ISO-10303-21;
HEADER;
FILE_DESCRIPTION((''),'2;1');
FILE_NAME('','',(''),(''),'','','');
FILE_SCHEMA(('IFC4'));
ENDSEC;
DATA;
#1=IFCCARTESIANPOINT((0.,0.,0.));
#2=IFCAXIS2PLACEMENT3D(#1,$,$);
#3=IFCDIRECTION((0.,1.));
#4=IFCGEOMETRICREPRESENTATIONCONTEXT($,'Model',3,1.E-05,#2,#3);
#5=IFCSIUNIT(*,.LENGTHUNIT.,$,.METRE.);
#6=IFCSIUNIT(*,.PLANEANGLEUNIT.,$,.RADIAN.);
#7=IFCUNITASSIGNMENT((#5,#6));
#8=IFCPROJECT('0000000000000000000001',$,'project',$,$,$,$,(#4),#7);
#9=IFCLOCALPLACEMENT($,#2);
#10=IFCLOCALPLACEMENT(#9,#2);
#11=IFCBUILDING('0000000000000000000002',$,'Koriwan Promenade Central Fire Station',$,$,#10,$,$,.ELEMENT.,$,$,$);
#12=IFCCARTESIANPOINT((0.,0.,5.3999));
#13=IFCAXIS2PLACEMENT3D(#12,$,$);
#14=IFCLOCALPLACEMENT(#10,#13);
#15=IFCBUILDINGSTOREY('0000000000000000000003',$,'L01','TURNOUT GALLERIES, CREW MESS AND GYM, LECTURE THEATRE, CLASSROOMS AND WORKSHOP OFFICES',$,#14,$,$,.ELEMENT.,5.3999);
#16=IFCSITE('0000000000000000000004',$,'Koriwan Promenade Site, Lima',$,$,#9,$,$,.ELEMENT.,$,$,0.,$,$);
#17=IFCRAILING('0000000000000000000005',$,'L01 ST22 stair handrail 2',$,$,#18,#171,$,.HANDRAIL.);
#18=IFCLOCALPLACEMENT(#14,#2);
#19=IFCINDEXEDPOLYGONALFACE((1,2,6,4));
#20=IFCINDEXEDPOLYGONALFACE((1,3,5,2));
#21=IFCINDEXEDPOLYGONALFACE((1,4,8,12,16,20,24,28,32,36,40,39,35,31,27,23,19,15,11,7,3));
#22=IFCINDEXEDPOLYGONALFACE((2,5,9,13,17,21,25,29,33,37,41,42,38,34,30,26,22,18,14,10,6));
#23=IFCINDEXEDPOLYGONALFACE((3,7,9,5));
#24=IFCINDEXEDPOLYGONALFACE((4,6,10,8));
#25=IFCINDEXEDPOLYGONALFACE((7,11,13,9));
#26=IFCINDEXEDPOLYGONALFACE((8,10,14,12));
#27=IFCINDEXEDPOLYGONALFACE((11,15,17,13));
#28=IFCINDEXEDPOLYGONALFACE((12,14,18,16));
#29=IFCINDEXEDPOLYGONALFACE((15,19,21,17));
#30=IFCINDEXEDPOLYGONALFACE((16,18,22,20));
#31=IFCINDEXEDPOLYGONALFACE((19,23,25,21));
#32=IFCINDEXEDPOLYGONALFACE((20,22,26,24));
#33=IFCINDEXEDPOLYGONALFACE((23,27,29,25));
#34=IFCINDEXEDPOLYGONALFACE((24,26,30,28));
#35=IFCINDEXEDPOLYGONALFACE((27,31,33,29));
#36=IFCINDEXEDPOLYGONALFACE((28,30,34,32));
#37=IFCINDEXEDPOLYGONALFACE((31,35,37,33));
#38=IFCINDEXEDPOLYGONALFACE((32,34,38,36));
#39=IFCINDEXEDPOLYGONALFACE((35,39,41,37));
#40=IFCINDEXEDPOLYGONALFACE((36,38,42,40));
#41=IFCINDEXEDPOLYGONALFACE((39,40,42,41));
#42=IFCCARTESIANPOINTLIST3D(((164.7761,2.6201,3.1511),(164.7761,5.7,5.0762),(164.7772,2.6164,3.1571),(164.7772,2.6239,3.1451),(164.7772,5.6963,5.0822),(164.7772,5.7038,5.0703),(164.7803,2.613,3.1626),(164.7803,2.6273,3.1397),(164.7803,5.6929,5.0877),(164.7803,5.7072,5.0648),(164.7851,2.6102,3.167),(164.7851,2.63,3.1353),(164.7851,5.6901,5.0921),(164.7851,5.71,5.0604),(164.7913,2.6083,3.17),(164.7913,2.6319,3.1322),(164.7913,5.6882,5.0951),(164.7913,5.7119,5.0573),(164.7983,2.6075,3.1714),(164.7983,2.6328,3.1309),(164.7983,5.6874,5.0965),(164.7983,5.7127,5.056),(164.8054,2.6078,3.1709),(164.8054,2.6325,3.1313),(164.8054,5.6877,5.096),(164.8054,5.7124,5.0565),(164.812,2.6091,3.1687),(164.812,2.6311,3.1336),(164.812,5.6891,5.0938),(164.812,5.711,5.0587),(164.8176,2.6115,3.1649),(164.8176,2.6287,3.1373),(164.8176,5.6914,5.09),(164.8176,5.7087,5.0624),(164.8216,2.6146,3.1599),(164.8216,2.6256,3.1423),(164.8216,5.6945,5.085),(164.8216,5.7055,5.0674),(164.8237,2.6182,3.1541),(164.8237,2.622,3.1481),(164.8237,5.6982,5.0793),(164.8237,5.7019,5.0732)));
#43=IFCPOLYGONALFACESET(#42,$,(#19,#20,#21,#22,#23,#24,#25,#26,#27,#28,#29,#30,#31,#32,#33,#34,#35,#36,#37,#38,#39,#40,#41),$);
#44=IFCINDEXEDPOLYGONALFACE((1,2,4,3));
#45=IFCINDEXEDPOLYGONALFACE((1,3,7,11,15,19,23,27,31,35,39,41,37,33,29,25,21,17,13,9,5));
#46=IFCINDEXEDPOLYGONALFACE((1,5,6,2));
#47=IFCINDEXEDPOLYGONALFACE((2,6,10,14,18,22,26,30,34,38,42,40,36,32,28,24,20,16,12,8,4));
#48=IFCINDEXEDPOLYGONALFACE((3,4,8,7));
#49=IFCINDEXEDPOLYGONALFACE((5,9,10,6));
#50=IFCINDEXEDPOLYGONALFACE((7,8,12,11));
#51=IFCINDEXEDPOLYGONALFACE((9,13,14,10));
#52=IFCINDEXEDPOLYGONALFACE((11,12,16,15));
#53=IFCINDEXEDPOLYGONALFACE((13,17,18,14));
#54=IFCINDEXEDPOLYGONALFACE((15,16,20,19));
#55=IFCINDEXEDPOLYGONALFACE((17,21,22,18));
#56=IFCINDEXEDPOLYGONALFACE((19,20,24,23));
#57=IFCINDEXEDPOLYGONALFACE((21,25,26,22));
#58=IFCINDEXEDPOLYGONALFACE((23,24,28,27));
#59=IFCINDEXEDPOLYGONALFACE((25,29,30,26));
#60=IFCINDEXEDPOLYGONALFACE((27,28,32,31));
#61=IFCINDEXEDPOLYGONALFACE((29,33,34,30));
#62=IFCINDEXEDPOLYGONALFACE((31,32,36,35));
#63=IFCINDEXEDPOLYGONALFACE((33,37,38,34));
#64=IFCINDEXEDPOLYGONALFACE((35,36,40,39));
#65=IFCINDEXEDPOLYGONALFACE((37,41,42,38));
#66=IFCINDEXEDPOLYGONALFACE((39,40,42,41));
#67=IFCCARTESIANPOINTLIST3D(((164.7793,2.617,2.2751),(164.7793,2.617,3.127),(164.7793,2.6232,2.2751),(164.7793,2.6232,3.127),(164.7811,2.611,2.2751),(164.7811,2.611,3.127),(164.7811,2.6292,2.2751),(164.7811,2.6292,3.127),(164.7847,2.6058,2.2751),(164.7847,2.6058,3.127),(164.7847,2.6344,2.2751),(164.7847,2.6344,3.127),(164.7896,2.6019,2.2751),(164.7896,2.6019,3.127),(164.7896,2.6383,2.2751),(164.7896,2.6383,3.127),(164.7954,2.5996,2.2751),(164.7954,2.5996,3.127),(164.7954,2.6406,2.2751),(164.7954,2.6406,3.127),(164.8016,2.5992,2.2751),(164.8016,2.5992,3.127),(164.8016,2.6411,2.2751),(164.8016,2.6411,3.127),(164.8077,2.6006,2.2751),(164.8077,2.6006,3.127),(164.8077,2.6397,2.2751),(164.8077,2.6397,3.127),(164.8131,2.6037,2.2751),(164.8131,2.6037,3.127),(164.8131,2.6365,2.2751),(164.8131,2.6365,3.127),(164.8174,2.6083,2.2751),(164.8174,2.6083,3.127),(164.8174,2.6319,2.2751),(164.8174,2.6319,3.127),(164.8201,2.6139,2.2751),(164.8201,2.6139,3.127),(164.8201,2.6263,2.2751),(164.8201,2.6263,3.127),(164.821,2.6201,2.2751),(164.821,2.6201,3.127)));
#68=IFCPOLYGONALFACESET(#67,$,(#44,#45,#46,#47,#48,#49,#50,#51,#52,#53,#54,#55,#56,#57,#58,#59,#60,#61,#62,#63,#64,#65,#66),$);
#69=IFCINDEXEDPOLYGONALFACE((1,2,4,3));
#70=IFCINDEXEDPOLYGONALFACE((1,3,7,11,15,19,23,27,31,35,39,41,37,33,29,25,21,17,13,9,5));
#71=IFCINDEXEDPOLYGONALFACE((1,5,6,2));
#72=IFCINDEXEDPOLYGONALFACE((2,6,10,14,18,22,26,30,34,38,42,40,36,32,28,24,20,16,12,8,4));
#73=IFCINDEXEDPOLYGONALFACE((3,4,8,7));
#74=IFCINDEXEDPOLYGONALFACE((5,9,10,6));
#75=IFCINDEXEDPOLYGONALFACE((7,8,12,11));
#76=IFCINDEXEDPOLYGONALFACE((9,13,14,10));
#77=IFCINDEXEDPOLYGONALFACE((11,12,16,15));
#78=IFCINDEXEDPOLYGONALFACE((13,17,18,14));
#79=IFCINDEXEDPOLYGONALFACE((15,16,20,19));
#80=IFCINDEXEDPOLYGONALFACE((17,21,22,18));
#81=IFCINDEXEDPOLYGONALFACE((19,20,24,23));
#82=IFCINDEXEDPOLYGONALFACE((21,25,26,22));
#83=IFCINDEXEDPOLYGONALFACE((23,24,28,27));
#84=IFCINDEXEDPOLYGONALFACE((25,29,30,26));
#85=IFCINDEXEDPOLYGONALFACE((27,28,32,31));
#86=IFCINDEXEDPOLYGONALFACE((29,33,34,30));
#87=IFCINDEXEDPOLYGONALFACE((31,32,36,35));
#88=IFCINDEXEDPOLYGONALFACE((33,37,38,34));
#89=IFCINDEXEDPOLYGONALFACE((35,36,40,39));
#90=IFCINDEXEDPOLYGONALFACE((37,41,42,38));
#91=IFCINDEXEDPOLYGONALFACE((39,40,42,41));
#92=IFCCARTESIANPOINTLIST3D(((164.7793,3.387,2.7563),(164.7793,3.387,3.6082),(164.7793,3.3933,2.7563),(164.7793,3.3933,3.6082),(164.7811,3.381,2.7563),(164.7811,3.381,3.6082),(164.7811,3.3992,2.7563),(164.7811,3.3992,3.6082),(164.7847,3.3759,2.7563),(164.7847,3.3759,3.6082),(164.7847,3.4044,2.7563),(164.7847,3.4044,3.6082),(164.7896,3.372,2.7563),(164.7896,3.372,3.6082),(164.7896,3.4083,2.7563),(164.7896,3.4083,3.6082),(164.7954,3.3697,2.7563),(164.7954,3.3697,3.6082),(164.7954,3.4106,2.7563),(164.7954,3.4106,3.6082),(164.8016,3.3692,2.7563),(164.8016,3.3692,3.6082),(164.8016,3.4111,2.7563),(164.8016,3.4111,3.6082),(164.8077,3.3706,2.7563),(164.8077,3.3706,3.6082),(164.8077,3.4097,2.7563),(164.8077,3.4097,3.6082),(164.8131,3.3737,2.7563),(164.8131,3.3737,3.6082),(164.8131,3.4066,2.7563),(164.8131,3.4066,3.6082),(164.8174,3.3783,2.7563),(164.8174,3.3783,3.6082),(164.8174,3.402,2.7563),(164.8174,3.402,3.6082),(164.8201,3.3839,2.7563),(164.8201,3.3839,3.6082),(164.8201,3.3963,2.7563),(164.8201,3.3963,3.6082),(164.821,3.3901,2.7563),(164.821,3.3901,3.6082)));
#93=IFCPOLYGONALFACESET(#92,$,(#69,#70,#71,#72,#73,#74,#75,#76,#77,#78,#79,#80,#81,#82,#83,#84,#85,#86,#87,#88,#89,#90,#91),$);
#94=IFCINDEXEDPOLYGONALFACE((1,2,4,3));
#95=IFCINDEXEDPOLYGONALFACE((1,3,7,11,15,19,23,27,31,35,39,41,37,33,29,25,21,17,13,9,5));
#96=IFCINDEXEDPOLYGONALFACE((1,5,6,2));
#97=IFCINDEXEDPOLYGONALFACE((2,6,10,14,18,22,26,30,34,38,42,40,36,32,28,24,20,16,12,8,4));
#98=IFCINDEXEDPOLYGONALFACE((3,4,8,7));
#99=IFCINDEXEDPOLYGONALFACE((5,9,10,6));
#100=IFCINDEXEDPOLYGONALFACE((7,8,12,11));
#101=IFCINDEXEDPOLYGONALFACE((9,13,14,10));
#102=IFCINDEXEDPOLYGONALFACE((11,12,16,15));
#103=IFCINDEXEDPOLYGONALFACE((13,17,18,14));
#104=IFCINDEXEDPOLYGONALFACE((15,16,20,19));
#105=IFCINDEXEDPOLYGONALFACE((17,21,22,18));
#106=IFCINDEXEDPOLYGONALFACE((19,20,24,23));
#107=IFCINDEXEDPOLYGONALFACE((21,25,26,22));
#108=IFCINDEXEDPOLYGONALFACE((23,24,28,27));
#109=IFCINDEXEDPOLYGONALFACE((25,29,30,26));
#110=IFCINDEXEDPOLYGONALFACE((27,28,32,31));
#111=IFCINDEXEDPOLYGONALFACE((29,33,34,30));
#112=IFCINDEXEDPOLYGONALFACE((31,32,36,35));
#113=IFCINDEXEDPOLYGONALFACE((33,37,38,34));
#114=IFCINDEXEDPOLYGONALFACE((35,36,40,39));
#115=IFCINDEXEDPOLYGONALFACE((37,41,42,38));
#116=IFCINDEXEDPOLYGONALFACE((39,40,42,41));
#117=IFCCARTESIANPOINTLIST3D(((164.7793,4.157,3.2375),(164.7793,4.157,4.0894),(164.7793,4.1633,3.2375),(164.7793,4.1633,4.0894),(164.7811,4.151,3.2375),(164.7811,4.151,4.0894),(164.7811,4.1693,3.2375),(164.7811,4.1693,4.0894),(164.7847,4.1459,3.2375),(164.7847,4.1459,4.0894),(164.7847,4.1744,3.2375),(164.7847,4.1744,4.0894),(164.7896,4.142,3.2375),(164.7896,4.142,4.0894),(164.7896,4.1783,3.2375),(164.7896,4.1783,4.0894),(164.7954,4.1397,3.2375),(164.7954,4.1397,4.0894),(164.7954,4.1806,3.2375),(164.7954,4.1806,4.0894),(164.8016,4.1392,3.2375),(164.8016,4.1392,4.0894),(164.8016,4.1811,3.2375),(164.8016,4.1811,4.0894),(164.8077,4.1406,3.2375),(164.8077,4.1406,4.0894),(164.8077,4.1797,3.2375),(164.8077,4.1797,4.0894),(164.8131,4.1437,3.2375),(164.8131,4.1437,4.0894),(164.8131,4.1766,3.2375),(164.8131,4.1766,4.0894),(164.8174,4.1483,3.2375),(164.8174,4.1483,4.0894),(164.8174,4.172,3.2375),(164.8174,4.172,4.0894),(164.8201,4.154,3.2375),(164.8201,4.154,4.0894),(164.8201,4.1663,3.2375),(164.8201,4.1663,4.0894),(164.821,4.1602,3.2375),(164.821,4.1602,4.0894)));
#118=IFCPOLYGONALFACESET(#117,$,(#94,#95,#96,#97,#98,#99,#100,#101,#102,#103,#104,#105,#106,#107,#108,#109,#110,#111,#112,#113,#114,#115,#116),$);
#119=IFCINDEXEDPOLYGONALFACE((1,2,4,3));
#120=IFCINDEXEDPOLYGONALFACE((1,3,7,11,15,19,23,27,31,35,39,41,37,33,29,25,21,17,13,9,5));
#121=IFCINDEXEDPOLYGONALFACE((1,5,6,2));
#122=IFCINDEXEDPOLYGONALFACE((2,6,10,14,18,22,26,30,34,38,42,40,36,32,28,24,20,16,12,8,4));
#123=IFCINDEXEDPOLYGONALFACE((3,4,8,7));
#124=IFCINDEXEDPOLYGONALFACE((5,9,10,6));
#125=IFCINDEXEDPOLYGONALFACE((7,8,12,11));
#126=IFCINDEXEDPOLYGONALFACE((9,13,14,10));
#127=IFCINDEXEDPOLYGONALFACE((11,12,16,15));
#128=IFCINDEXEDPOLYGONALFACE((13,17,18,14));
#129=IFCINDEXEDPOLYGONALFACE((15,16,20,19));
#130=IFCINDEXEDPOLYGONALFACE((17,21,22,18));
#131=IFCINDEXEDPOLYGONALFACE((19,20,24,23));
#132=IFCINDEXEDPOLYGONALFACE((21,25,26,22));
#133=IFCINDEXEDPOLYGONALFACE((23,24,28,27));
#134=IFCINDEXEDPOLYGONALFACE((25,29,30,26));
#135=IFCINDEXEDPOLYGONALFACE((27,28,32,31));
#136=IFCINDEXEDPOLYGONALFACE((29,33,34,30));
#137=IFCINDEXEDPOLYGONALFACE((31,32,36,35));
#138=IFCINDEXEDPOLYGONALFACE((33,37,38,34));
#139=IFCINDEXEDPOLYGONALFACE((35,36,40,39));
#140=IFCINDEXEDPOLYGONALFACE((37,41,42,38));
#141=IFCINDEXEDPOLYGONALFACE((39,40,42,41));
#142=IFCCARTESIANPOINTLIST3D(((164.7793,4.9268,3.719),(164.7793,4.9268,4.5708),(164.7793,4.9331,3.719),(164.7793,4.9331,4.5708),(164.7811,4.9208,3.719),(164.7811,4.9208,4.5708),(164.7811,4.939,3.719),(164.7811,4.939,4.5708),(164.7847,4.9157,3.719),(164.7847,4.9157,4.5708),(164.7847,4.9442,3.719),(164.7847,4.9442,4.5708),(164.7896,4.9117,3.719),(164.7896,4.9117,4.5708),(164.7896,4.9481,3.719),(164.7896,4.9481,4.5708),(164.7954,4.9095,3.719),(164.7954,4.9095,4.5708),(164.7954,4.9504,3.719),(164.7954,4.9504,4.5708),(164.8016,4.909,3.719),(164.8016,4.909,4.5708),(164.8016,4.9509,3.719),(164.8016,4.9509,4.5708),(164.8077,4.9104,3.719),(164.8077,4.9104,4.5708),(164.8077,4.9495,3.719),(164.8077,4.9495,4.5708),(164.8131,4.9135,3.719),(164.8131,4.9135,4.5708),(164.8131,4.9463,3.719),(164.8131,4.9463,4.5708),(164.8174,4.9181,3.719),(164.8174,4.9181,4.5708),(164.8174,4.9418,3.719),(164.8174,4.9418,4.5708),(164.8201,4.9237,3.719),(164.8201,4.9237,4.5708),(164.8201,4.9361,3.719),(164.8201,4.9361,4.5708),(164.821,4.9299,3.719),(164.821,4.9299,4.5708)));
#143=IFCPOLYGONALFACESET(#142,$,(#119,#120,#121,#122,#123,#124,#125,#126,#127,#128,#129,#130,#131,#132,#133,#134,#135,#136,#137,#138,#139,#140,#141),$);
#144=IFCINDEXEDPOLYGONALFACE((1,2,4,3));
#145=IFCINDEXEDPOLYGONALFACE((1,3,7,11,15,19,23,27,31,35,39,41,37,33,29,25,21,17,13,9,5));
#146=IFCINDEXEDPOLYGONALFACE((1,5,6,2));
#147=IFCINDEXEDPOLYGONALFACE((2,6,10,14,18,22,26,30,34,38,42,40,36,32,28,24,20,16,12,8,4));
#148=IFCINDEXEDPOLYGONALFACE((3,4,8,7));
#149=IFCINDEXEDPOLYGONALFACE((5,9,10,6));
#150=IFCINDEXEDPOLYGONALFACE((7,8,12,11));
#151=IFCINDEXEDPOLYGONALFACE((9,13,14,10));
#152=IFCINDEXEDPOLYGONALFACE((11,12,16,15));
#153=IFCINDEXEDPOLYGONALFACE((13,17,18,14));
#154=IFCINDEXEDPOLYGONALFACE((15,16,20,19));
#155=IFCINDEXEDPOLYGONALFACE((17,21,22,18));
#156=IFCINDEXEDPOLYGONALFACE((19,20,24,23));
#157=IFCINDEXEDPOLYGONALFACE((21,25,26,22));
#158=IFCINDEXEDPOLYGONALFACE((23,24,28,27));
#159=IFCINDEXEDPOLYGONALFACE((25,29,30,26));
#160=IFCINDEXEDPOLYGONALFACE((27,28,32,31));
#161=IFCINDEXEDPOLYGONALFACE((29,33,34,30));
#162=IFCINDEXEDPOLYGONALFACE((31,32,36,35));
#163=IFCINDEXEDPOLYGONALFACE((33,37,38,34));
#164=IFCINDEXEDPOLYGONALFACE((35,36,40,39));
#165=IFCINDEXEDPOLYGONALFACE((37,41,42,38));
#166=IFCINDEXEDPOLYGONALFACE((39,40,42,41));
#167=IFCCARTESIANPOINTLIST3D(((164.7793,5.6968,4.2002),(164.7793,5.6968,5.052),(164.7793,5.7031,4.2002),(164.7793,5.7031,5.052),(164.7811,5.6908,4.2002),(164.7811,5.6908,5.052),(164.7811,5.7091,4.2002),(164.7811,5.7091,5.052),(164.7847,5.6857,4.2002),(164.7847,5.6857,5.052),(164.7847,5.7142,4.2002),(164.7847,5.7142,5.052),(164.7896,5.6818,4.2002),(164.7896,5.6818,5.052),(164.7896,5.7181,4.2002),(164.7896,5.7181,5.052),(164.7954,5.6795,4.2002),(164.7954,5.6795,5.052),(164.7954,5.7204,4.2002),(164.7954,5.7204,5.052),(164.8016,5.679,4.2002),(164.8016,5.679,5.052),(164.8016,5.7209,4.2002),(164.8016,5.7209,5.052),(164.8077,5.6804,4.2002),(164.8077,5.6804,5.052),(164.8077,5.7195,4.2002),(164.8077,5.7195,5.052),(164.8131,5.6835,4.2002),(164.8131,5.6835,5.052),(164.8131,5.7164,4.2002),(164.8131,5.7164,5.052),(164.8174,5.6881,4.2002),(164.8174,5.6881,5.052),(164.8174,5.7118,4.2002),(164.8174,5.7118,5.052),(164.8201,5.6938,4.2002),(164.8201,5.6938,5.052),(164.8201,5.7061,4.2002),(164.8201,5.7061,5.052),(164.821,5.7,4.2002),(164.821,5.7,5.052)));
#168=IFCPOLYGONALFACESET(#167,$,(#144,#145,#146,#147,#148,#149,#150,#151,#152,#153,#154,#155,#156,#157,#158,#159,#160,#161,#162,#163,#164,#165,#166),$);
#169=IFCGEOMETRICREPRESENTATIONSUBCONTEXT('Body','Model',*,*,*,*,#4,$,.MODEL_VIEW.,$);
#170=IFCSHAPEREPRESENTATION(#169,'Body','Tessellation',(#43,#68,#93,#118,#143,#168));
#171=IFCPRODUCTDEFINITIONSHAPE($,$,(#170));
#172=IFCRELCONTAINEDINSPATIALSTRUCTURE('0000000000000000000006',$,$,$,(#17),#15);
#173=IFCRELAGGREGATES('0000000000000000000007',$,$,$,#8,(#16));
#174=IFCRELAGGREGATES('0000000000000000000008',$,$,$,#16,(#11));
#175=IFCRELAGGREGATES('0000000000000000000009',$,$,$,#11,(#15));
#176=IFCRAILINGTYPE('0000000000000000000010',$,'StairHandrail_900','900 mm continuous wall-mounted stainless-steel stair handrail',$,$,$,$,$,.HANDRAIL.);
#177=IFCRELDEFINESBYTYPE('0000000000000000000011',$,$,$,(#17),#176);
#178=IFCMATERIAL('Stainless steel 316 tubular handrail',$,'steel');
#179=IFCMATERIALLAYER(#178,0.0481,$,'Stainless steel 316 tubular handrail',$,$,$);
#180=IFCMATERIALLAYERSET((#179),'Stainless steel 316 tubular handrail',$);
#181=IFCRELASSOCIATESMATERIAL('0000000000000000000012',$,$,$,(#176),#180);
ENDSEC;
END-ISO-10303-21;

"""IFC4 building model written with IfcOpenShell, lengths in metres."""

from ifc_helpers import new_model, si_unit, direction, frame, origin, origin_2d, place, context, subcontext, project, spatial, circle, extrude, material, layer, layer_set, type_object, element, save


model = new_model("IFC4")

# Units and contexts
model_context = context("Model", 3, precision=1e-05, world=origin(), true_north=direction((0.0, 1.0)))
body_context = subcontext(model_context, "Body", "Model", "MODEL_VIEW")
ifc_project = project(units=[si_unit("LENGTHUNIT", "METRE"), si_unit("PLANEANGLEUNIT", "RADIAN")], contexts=[model_context])

# Site, building, storey
site_placement = place(None, origin())
site = spatial("IfcSite", under=ifc_project, at=site_placement, Name="Koriwan Promenade Site, Lima", CompositionType="ELEMENT", RefElevation=0.0)
building_placement = place(site_placement, origin())
building = spatial("IfcBuilding", under=site, at=building_placement, Name="Koriwan Promenade Central Fire Station", CompositionType="ELEMENT")
storey_placement = place(building_placement, frame((0.0, 0.0, 5.3999)))
storey = spatial("IfcBuildingStorey", under=building, at=storey_placement, Name="L01", Description="TURNOUT GALLERIES, CREW MESS AND GYM, LECTURE THEATRE, CLASSROOMS AND WORKSHOP OFFICES", CompositionType="ELEMENT", Elevation=5.3999)

# Railing
ifc_material_1 = material(Name="Stainless steel 316 tubular handrail", Category="steel")
ifc_layer_1 = layer(ifc_material_1, 0.0481, Name="Stainless steel 316 tubular handrail")
ifc_layer_set_1 = layer_set([ifc_layer_1], Name="Stainless steel 316 tubular handrail")
railing_type_1 = type_object("IfcRailingType", Name="StairHandrail_900", Description="900 mm continuous wall-mounted stainless-steel stair handrail", PredefinedType="HANDRAIL", material=ifc_layer_set_1)
railing_1_placement = place(storey_placement, frame((164.8, 2.6201, 2.2751)))
element("IfcRailing", 1, at=railing_1_placement, inside=storey, type_object=railing_type_1, Name="L01 ST22 stair handrail 2", PredefinedType="HANDRAIL", context=body_context, shape_type="SweptSolid", body=[
    extrude(circle(Radius=0.0239, at=origin_2d()), frame((0.0, 0.0, 0.876), z_axis=(0.0, 0.847979, 0.530029), x_axis=(-1.0, 0.0, 0.0)), (0.0, 0.0, 1.0), 3.6321),
    extrude(circle(Radius=0.021, at=origin_2d()), origin(), (0.0, 0.0, 1.0), 0.8518),
    extrude(circle(Radius=0.021, at=origin_2d()), frame((0.0, 0.77, 0.4812)), (0.0, 0.0, 1.0), 0.8518),
    extrude(circle(Radius=0.021, at=origin_2d()), frame((0.0, 1.54, 0.9624)), (0.0, 0.0, 1.0), 0.8518),
    extrude(circle(Radius=0.021, at=origin_2d()), frame((0.0, 2.3098, 1.4438)), (0.0, 0.0, 1.0), 0.8518),
    extrude(circle(Radius=0.021, at=origin_2d()), frame((0.0, 3.0798, 1.925)), (0.0, 0.0, 1.0), 0.8518),
])

save(model, "model.ifc")
